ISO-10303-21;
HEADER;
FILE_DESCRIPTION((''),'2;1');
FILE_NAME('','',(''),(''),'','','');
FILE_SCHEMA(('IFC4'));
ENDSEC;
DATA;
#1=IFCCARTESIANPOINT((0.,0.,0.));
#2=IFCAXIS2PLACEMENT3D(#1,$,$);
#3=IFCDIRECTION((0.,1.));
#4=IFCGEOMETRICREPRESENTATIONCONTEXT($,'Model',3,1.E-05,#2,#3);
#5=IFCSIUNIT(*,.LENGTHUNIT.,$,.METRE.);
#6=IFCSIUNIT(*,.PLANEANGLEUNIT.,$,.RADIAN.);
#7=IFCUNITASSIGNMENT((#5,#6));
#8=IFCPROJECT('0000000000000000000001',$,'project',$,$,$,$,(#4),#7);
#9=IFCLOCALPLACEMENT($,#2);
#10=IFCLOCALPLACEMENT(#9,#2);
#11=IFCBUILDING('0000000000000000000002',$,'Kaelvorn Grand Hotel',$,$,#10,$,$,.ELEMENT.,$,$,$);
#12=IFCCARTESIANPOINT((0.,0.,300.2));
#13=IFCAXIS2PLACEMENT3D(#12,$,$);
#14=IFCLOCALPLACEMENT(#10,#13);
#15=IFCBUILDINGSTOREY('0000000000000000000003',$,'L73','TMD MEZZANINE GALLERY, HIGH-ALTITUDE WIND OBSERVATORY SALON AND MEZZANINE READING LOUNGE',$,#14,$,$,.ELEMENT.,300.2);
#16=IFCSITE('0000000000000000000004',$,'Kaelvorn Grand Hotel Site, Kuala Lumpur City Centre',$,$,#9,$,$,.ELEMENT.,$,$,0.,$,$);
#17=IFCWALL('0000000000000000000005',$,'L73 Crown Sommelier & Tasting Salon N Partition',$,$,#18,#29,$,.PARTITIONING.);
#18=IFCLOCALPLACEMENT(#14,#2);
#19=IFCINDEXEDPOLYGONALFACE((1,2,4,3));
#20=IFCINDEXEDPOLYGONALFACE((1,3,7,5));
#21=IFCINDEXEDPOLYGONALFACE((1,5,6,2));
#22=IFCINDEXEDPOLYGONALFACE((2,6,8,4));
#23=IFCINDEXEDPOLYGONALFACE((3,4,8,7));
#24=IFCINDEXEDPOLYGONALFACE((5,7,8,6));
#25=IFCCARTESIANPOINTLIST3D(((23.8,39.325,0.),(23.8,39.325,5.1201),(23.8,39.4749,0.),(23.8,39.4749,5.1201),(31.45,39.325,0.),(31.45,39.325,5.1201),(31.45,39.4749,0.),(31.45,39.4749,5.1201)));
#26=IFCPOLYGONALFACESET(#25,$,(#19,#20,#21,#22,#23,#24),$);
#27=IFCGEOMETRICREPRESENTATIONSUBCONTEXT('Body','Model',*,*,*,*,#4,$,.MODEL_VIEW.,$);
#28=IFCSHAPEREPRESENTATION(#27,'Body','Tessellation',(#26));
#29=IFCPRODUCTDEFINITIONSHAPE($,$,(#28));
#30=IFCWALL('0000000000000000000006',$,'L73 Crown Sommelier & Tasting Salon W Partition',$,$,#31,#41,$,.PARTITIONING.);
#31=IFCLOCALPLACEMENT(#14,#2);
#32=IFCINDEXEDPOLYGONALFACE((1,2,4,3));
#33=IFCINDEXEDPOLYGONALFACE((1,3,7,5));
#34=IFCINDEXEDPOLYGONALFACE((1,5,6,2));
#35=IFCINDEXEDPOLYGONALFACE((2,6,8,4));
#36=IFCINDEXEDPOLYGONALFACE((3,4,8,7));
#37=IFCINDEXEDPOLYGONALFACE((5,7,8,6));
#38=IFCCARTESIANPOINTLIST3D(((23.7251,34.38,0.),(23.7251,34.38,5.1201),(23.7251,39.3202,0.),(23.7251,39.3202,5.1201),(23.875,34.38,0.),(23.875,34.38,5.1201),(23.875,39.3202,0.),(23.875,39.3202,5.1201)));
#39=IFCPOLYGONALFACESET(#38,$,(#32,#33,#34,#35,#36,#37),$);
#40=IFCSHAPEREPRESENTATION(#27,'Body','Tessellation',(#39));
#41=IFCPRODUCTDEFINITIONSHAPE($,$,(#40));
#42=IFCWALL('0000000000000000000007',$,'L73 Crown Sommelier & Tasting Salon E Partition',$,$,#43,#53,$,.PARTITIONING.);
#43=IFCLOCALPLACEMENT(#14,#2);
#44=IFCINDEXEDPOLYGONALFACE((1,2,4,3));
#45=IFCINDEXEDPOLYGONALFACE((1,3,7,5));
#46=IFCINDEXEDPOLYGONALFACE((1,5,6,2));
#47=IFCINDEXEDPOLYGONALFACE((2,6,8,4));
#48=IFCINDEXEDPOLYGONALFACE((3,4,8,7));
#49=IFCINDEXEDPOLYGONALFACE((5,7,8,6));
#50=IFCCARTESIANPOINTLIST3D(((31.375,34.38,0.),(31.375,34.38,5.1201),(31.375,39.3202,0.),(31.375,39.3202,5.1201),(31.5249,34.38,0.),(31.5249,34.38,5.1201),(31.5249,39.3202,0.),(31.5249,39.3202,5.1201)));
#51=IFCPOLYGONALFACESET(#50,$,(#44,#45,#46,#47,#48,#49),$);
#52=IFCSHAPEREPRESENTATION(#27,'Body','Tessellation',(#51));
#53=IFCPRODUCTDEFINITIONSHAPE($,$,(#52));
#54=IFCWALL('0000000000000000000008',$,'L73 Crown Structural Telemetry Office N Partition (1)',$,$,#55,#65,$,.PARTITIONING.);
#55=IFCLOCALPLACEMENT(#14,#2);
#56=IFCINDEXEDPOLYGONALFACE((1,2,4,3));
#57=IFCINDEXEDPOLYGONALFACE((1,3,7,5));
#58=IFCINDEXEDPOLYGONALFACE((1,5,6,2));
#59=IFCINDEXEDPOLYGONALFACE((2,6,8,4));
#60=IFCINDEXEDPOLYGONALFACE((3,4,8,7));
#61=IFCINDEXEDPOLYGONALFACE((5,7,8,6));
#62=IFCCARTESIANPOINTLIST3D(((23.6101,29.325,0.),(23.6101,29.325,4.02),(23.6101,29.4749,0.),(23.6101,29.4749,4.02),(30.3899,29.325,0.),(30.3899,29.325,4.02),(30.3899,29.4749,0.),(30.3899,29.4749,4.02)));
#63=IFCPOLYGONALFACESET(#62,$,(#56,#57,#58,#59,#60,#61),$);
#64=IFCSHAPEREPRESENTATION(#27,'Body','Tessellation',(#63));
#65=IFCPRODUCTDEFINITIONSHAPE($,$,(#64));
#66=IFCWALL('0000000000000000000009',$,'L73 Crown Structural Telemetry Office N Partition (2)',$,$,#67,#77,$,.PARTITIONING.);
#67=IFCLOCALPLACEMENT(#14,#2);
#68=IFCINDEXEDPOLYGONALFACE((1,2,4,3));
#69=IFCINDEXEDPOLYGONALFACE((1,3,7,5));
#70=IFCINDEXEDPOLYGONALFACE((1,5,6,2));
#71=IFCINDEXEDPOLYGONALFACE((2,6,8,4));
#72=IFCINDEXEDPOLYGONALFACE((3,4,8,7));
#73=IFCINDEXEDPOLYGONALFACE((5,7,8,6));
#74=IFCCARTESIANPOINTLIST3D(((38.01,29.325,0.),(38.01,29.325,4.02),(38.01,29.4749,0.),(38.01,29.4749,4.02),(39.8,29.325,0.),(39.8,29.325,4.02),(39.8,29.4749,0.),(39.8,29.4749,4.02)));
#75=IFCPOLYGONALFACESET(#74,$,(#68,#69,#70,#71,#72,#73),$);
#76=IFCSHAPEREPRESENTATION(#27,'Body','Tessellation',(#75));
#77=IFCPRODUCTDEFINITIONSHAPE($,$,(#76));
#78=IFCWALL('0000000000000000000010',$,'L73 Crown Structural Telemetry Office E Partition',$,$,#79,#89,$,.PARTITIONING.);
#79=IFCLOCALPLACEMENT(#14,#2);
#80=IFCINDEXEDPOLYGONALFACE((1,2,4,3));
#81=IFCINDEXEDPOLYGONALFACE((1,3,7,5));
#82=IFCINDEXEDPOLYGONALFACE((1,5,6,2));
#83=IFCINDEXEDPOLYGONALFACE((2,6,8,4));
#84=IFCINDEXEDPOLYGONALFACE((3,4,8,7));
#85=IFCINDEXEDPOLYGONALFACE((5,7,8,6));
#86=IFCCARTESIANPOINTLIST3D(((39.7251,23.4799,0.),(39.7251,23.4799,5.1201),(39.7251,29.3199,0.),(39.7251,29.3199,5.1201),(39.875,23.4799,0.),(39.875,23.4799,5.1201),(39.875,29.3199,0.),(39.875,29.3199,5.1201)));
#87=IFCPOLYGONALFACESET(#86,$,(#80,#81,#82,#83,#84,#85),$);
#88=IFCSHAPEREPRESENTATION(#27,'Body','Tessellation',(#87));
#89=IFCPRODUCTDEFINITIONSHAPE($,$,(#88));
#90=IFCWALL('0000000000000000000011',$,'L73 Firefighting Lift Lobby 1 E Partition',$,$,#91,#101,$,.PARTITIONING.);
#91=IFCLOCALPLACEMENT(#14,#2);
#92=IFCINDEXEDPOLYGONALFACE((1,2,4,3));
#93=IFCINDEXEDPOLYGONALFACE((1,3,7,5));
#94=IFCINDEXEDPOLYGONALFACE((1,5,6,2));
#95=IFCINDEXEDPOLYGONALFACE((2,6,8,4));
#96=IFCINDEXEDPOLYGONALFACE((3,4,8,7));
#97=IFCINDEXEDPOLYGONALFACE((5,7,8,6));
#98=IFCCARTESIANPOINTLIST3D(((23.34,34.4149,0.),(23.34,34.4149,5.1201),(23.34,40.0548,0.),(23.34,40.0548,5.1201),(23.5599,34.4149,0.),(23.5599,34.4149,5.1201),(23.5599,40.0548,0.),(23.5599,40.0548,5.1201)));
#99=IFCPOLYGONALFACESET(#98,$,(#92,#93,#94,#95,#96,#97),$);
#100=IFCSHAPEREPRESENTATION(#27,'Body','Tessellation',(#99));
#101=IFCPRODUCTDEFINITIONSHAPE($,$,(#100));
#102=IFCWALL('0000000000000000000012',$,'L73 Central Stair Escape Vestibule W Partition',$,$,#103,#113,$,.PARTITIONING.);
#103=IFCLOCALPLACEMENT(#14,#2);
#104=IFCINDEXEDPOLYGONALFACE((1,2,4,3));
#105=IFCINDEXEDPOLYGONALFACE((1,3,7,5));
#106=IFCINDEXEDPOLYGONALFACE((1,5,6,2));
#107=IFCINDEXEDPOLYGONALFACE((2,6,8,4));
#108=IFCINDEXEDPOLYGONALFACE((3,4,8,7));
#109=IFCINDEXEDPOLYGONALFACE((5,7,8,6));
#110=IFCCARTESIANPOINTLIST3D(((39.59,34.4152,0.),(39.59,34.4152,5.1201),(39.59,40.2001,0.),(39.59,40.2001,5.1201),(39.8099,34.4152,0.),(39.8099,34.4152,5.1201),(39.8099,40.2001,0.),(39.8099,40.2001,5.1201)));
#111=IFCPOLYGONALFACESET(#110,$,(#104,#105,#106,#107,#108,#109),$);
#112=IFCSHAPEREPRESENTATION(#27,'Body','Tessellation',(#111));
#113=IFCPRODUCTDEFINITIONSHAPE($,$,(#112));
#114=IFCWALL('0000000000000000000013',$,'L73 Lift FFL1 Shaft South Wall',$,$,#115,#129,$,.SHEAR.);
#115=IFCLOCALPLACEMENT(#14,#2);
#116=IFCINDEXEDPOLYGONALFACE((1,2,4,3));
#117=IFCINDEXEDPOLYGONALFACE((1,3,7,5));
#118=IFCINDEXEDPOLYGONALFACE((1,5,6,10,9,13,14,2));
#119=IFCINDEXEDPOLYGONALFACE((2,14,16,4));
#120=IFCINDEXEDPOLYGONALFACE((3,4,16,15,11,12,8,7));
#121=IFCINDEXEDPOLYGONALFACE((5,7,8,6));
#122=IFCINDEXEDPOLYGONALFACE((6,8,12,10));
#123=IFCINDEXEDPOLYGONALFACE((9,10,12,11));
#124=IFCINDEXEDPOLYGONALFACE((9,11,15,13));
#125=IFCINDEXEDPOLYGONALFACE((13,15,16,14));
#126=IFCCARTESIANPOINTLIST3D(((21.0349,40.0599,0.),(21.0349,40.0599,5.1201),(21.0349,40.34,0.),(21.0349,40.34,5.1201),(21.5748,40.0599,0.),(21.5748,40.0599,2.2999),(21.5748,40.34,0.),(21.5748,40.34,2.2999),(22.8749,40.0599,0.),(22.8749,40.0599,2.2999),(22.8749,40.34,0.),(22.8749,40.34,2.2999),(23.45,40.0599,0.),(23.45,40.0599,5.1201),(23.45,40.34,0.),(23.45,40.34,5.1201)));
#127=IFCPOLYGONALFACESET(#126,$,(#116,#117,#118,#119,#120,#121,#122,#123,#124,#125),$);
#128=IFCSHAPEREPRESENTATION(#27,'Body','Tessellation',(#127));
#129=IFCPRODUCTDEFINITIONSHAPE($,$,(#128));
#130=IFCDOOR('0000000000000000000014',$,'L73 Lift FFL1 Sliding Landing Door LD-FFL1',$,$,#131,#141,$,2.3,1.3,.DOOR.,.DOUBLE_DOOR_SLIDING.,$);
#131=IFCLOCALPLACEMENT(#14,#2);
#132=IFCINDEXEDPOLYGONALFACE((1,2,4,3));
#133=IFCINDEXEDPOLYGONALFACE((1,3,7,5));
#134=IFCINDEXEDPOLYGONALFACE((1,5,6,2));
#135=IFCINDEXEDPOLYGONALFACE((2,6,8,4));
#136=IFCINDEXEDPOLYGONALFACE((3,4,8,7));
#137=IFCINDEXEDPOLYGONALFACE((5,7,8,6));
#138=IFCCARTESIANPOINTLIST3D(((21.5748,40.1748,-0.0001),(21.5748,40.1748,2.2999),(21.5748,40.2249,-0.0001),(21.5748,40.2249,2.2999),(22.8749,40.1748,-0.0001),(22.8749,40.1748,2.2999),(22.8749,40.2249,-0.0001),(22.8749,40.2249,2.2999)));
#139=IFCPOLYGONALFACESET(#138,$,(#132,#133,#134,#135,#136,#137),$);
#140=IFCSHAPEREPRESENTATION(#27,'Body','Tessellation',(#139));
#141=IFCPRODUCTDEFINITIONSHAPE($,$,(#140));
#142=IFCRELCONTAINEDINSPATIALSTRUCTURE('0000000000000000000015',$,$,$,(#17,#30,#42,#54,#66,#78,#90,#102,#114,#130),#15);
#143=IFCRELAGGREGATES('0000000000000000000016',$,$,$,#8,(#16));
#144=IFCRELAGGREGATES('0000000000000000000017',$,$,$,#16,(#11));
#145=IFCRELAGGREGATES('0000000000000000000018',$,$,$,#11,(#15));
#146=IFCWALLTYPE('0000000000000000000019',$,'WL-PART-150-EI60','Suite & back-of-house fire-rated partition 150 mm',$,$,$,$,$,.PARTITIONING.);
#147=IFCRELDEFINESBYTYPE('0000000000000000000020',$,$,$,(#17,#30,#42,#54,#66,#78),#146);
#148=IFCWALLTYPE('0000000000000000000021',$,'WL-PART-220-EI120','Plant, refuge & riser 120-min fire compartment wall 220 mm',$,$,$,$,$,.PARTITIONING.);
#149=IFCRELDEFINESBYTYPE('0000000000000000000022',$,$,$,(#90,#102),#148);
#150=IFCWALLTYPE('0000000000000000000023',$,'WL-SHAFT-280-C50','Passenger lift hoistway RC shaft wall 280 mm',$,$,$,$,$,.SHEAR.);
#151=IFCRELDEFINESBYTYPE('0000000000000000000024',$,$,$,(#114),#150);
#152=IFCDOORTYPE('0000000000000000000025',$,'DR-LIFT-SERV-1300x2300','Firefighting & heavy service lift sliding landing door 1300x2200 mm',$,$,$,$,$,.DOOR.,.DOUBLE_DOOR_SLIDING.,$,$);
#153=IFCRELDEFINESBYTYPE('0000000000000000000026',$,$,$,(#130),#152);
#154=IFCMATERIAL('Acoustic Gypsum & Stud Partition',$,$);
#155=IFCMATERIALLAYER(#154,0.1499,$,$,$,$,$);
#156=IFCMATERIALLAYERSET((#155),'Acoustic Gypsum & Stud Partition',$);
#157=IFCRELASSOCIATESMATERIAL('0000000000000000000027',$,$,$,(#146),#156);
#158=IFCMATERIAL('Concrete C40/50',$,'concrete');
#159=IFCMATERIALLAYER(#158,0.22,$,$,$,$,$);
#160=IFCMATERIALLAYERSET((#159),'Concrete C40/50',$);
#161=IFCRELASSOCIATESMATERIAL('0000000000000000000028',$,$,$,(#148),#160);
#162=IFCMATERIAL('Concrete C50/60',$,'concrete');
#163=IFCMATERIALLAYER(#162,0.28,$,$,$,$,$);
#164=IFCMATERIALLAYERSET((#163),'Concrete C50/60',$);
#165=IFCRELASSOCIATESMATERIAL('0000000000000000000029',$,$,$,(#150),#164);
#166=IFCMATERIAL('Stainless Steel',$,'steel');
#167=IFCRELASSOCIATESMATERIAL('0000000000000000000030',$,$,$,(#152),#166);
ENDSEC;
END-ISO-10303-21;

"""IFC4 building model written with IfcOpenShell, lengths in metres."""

from ifc_helpers import new_model, si_unit, direction, frame, frame_2d, origin, place, context, subcontext, project, spatial, rectangle, extrude, material, layer, layer_set, type_object, element, fill, save


model = new_model("IFC4")

# Units and contexts
model_context = context("Model", 3, precision=1e-05, world=origin(), true_north=direction((0.0, 1.0)))
body_context = subcontext(model_context, "Body", "Model", "MODEL_VIEW")
ifc_project = project(units=[si_unit("LENGTHUNIT", "METRE"), si_unit("PLANEANGLEUNIT", "RADIAN")], contexts=[model_context])

# Site, building, storey
site_placement = place(None, origin())
site = spatial("IfcSite", under=ifc_project, at=site_placement, Name="Kaelvorn Grand Hotel Site, Kuala Lumpur City Centre", CompositionType="ELEMENT", RefElevation=0.0)
building_placement = place(site_placement, origin())
building = spatial("IfcBuilding", under=site, at=building_placement, Name="Kaelvorn Grand Hotel", CompositionType="ELEMENT")
storey_placement = place(building_placement, frame((0.0, 0.0, 300.2)))
storey = spatial("IfcBuildingStorey", under=building, at=storey_placement, Name="L73", Description="TMD MEZZANINE GALLERY, HIGH-ALTITUDE WIND OBSERVATORY SALON AND MEZZANINE READING LOUNGE", CompositionType="ELEMENT", Elevation=300.2)

# Shared definitions
ifc_material_1 = material(Name="Concrete C50/60", Category="concrete")

# Shared definitions
ifc_material_2 = material(Name="Acoustic Gypsum & Stud Partition")
ifc_layer_1 = layer(ifc_material_2, 0.1499)
ifc_layer_set_1 = layer_set([ifc_layer_1], Name="Acoustic Gypsum & Stud Partition")
wall_type_1 = type_object("IfcWallType", Name="WL-PART-150-EI60", Description="Suite & back-of-house fire-rated partition 150 mm", PredefinedType="PARTITIONING", material=ifc_layer_set_1)

# Walls
wall_1_placement = place(storey_placement, frame((23.8, 39.3999, 0.0), z_axis=(0.0, 0.0, 1.0), x_axis=(1.0, 0.0, 0.0)))
element("IfcWall", 1, at=wall_1_placement, inside=storey, type_object=wall_type_1, Name="L73 Crown Sommelier & Tasting Salon N Partition", PredefinedType="PARTITIONING", context=body_context, shape_type="SweptSolid", body=[
    extrude(rectangle(XDim=7.6499, YDim=0.1499, at=frame_2d((3.825, 0.0))), origin(), (0.0, 0.0, 1.0), 5.1201),
])
for number, where, z_axis, x_axis, name in (
    (2, (23.8, 34.3799, 0.0), (0.0, 0.0, 1.0), (0.0, 1.0, 0.0), "L73 Crown Sommelier & Tasting Salon W Partition"),
    (3, (31.45, 34.3799, 0.0), (0.0, 0.0, 1.0), (0.0, 1.0, 0.0), "L73 Crown Sommelier & Tasting Salon E Partition"),
):
    element("IfcWall", number, at=place(storey_placement, frame(where, z_axis=z_axis, x_axis=x_axis)), inside=storey, type_object=wall_type_1, Name=name, PredefinedType="PARTITIONING", context=body_context, shape_type="SweptSolid", body=[
        extrude(rectangle(XDim=4.9402, YDim=0.1499, at=frame_2d((2.4702, 0.0))), origin(), (0.0, 0.0, 1.0), 5.1201),
    ])
wall_2_placement = place(storey_placement, frame((23.6101, 29.3999, 0.0), z_axis=(0.0, 0.0, 1.0), x_axis=(1.0, 0.0, 0.0)))
element("IfcWall", 4, at=wall_2_placement, inside=storey, type_object=wall_type_1, Name="L73 Crown Structural Telemetry Office N Partition (1)", PredefinedType="PARTITIONING", context=body_context, shape_type="SweptSolid", body=[
    extrude(rectangle(XDim=6.7798, YDim=0.1499, at=frame_2d((3.3899, 0.0))), origin(), (0.0, 0.0, 1.0), 4.02),
])
wall_3_placement = place(storey_placement, frame((38.01, 29.3999, 0.0), z_axis=(0.0, 0.0, 1.0), x_axis=(1.0, 0.0, 0.0)))
element("IfcWall", 5, at=wall_3_placement, inside=storey, type_object=wall_type_1, Name="L73 Crown Structural Telemetry Office N Partition (2)", PredefinedType="PARTITIONING", context=body_context, shape_type="SweptSolid", body=[
    extrude(rectangle(XDim=1.79, YDim=0.1499, at=frame_2d((0.895, 0.0))), origin(), (0.0, 0.0, 1.0), 4.02),
])
wall_4_placement = place(storey_placement, frame((39.8, 23.48, 0.0), z_axis=(0.0, 0.0, 1.0), x_axis=(0.0, 1.0, 0.0)))
element("IfcWall", 6, at=wall_4_placement, inside=storey, type_object=wall_type_1, Name="L73 Crown Structural Telemetry Office E Partition", PredefinedType="PARTITIONING", context=body_context, shape_type="SweptSolid", body=[
    extrude(rectangle(XDim=5.8401, YDim=0.1499, at=frame_2d((2.9199, 0.0))), origin(), (0.0, 0.0, 1.0), 5.1201),
])
ifc_material_3 = material(Name="Concrete C40/50", Category="concrete")
ifc_layer_2 = layer(ifc_material_3, 0.22)
ifc_layer_set_2 = layer_set([ifc_layer_2], Name="Concrete C40/50")
wall_type_2 = type_object("IfcWallType", Name="WL-PART-220-EI120", Description="Plant, refuge & riser 120-min fire compartment wall 220 mm", PredefinedType="PARTITIONING", material=ifc_layer_set_2)
wall_5_placement = place(storey_placement, frame((23.45, 34.415, 0.0), z_axis=(0.0, 0.0, 1.0), x_axis=(0.0, 1.0, 0.0)))
element("IfcWall", 7, at=wall_5_placement, inside=storey, type_object=wall_type_2, Name="L73 Firefighting Lift Lobby 1 E Partition", PredefinedType="PARTITIONING", context=body_context, shape_type="SweptSolid", body=[
    extrude(rectangle(XDim=5.6399, YDim=0.22, at=frame_2d((2.8198, 0.0))), origin(), (0.0, 0.0, 1.0), 5.1201),
])

# Wall
wall_6_placement = place(storey_placement, frame((39.7, 34.415, 0.0), z_axis=(0.0, 0.0, 1.0), x_axis=(0.0, 1.0, 0.0)))
element("IfcWall", 8, at=wall_6_placement, inside=storey, type_object=wall_type_2, Name="L73 Central Stair Escape Vestibule W Partition", PredefinedType="PARTITIONING", context=body_context, shape_type="SweptSolid", body=[
    extrude(rectangle(XDim=5.7849, YDim=0.22, at=frame_2d((2.8926, 0.0))), origin(), (0.0, 0.0, 1.0), 5.1201),
])

# Wall, opening, door
ifc_layer_3 = layer(ifc_material_1, 0.28)
ifc_layer_set_3 = layer_set([ifc_layer_3], Name="Concrete C50/60")
wall_type_3 = type_object("IfcWallType", Name="WL-SHAFT-280-C50", Description="Passenger lift hoistway RC shaft wall 280 mm", PredefinedType="SHEAR", material=ifc_layer_set_3)
wall_7_placement = place(storey_placement, frame((21.0349, 40.2, 0.0), z_axis=(0.0, 0.0, 1.0), x_axis=(1.0, 0.0, 0.0)))
wall_7 = element("IfcWall", 9, at=wall_7_placement, inside=storey, type_object=wall_type_3, Name="L73 Lift FFL1 Shaft South Wall", PredefinedType="SHEAR", context=body_context, shape_type="SweptSolid", body=[
    extrude(rectangle(XDim=2.415, YDim=0.28, at=frame_2d((1.2075, 0.0))), origin(), (0.0, 0.0, 1.0), 5.1201),
])
opening_1_placement = place(wall_7_placement, frame((0.54, 0.0, 0.0)))
opening_1 = element("IfcOpeningElement", 10, at=opening_1_placement, cuts=wall_7, PredefinedType="OPENING", context=body_context, shape_type="SweptSolid", body=[
    extrude(rectangle(XDim=1.3, YDim=2.3, at=frame_2d((0.6499, 1.1499))), frame((0.0, 0.1499, 0.0), z_axis=(0.0, -1.0, 0.0), x_axis=(1.0, 0.0, 0.0)), (0.0, 0.0, 1.0), 0.3),
])
ifc_material_4 = material(Name="Stainless Steel", Category="steel")
door_type_1 = type_object("IfcDoorType", Name="DR-LIFT-SERV-1300x2300", Description="Firefighting & heavy service lift sliding landing door 1300x2200 mm", OperationType="DOUBLE_DOOR_SLIDING", PredefinedType="DOOR", material=ifc_material_4)
door_1_placement = place(opening_1_placement, origin())
door_1 = element("IfcDoor", 11, at=door_1_placement, inside=storey, type_object=door_type_1, Name="L73 Lift FFL1 Sliding Landing Door LD-FFL1", OperationType="DOUBLE_DOOR_SLIDING", OverallHeight=2.3, OverallWidth=1.3, PredefinedType="DOOR", context=body_context, shape_type="SweptSolid", body=[
    extrude(rectangle(XDim=1.3, YDim=2.3, at=frame_2d((0.6499, 1.1499))), frame((0.0, 0.0249, 0.0), z_axis=(0.0, -1.0, 0.0), x_axis=(1.0, 0.0, 0.0)), (0.0, 0.0, 1.0), 0.05),
])
fill(opening_1, door_1)

save(model, "model.ifc")
